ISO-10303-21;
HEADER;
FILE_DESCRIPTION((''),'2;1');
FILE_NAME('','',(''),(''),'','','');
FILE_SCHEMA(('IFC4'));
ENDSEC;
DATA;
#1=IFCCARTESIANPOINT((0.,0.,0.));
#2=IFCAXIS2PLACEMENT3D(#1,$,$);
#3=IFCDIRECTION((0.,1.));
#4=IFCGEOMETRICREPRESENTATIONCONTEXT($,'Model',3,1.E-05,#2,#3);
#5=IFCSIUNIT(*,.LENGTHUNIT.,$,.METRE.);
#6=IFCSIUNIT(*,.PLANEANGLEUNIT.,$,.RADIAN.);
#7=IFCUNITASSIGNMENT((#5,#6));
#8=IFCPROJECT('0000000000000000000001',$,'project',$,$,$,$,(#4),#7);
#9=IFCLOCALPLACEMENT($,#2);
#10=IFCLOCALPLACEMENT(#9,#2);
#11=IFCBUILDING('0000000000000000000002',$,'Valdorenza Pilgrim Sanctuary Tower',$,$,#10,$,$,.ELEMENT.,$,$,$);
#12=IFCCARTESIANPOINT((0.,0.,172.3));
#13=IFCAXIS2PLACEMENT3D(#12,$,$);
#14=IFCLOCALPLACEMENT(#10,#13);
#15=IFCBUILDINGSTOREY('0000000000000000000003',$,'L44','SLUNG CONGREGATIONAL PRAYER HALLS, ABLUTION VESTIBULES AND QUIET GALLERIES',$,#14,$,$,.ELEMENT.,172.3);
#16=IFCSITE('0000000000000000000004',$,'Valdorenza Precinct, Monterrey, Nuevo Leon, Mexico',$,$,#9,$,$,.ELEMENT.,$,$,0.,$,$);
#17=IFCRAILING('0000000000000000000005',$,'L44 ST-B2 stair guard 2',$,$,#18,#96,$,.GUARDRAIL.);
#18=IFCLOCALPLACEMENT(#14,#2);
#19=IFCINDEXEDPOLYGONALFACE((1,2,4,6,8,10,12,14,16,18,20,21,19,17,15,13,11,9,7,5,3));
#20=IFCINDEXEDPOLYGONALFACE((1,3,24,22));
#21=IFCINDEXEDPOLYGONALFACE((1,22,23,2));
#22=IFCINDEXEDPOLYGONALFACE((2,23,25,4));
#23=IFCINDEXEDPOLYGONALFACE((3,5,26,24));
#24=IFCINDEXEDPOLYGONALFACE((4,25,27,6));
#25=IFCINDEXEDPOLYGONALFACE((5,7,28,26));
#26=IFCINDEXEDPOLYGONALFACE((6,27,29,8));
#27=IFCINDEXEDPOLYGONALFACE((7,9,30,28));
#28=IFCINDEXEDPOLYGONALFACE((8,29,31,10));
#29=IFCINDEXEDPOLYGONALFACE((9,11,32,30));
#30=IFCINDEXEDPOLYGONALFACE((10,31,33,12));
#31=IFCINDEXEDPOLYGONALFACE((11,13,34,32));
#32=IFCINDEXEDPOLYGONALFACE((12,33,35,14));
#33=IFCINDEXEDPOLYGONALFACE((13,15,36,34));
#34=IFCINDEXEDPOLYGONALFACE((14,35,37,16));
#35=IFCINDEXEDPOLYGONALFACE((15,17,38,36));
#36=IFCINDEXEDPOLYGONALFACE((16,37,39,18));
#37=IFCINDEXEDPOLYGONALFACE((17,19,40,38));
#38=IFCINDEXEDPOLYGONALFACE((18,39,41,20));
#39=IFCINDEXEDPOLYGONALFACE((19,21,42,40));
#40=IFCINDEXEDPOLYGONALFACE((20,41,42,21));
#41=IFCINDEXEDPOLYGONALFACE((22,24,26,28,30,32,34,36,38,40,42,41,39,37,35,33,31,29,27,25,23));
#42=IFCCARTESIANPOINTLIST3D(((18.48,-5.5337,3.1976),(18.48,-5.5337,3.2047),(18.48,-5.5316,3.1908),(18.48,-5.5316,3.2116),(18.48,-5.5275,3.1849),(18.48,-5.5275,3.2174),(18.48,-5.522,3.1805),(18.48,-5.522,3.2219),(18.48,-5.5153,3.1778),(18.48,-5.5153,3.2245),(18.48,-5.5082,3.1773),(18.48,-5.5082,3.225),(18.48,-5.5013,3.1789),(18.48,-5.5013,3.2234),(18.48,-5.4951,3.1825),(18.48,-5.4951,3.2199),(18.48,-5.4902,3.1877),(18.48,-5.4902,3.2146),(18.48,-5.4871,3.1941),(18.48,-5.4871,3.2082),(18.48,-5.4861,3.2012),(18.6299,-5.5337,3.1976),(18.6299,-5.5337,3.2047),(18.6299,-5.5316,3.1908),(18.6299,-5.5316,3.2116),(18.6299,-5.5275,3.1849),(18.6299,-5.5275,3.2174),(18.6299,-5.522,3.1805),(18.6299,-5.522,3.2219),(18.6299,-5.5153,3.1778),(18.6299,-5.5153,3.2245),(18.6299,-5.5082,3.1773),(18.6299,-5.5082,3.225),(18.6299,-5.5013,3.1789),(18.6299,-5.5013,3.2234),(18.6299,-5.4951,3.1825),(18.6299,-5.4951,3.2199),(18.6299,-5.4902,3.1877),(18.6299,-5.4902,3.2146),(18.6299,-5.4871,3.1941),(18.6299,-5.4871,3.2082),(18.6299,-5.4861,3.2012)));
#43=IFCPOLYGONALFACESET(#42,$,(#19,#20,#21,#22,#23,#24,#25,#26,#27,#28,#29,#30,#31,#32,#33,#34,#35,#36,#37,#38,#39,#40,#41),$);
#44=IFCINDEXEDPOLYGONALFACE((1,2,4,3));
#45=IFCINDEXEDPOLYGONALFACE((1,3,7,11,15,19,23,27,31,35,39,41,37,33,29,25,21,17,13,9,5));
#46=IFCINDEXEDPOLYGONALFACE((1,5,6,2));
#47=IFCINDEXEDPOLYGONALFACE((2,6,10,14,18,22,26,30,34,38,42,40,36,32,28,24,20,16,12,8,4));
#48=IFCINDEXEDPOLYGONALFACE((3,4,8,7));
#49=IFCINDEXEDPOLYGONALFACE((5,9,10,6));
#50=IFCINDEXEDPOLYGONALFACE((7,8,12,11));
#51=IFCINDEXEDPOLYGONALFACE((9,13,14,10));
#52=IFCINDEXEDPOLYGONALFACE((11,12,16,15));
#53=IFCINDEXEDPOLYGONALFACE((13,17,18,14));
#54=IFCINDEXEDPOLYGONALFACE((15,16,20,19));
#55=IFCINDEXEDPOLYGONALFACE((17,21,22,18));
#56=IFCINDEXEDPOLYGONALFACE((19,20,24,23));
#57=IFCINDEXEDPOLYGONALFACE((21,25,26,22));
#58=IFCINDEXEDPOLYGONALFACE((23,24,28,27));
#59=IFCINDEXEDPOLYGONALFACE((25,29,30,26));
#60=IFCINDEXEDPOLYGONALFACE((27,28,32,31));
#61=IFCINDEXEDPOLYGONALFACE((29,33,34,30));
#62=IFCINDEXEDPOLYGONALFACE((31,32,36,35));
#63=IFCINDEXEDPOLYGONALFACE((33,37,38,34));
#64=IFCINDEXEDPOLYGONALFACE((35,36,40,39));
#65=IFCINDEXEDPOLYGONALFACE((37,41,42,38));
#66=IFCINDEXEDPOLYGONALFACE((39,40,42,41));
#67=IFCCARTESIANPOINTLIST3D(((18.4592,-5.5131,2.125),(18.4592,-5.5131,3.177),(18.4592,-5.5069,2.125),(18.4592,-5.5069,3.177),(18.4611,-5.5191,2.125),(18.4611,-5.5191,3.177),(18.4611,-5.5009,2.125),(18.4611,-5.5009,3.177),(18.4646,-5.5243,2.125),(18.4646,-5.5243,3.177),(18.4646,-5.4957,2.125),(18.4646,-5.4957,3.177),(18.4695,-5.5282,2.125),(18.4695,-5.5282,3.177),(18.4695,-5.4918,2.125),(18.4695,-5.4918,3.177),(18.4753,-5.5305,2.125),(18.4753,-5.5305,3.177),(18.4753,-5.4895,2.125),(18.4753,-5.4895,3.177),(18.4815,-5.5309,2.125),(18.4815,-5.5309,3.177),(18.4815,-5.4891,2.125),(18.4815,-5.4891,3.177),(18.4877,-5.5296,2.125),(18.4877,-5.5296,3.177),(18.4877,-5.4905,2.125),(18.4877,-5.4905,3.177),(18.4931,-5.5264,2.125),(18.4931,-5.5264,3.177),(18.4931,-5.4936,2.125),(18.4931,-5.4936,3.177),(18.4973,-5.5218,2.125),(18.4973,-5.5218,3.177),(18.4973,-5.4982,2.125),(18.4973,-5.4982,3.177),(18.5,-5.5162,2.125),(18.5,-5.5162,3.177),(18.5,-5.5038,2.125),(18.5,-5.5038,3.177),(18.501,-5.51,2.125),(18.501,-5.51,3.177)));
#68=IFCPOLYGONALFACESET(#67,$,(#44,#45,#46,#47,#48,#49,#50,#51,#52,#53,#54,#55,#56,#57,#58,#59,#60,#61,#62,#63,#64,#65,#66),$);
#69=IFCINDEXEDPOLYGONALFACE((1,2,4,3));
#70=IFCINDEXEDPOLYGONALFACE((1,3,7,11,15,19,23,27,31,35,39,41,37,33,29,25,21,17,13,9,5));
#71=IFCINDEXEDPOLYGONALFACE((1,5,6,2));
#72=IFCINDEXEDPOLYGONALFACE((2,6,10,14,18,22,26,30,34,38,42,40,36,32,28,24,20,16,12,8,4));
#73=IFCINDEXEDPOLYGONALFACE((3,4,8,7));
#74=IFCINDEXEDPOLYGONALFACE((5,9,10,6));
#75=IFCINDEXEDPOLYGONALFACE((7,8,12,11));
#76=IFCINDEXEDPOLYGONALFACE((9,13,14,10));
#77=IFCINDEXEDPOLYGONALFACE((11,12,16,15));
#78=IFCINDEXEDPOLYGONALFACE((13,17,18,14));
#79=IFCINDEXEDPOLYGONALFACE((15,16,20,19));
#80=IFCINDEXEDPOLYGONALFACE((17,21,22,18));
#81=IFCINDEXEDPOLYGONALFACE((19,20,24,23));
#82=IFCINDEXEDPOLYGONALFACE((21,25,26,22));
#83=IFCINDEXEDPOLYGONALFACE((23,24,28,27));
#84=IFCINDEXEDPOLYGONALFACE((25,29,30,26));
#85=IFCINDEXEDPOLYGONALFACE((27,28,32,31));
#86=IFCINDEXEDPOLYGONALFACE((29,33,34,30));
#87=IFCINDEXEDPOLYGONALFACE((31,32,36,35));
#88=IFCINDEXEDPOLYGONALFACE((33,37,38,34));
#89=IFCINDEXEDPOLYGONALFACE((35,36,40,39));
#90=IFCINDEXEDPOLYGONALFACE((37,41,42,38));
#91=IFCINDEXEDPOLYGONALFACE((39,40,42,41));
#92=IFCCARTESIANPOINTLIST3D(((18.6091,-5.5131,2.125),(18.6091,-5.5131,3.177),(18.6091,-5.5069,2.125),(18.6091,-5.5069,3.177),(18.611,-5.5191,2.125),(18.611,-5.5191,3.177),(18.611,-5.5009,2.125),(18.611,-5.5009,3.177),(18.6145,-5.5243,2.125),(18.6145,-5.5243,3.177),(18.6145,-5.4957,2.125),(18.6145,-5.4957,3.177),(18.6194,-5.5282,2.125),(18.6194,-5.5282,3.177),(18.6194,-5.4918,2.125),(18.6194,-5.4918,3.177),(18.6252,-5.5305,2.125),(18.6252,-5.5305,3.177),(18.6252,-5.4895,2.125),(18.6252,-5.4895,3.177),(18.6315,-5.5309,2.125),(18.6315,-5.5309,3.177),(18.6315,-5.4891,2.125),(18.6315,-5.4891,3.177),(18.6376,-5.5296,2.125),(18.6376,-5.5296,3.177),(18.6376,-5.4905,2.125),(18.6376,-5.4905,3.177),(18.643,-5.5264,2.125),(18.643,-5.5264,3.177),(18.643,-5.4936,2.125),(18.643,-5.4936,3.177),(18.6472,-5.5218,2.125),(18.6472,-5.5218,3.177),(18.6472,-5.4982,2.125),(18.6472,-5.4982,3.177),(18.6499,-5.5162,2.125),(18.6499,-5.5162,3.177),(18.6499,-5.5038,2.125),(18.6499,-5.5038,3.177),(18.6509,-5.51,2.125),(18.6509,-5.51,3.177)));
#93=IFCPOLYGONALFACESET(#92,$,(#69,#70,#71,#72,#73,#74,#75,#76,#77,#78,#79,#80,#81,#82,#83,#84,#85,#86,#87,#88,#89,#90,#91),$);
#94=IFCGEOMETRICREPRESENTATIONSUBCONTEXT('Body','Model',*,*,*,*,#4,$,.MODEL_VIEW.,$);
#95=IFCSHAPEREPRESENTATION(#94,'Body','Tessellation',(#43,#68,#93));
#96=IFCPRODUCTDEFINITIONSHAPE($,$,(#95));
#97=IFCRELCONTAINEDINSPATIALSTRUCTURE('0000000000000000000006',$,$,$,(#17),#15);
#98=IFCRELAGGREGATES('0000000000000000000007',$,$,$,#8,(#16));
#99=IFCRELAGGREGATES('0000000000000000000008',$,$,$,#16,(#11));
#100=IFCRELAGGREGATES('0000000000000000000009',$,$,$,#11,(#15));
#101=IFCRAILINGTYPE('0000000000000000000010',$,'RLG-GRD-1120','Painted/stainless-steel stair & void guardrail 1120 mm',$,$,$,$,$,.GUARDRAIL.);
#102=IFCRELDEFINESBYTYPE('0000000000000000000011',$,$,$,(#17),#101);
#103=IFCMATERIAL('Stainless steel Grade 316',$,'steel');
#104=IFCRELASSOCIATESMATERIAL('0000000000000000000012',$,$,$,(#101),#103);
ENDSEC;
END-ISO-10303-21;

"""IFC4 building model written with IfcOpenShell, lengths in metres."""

from ifc_helpers import new_model, si_unit, direction, frame, origin, origin_2d, place, context, subcontext, project, spatial, circle, extrude, material, type_object, element, save


model = new_model("IFC4")

# Units and contexts
model_context = context("Model", 3, precision=1e-05, world=origin(), true_north=direction((0.0, 1.0)))
body_context = subcontext(model_context, "Body", "Model", "MODEL_VIEW")
ifc_project = project(units=[si_unit("LENGTHUNIT", "METRE"), si_unit("PLANEANGLEUNIT", "RADIAN")], contexts=[model_context])

# Site, building, storey
site_placement = place(None, origin())
site = spatial("IfcSite", under=ifc_project, at=site_placement, Name="Valdorenza Precinct, Monterrey, Nuevo Leon, Mexico", CompositionType="ELEMENT", RefElevation=0.0)
building_placement = place(site_placement, origin())
building = spatial("IfcBuilding", under=site, at=building_placement, Name="Valdorenza Pilgrim Sanctuary Tower", CompositionType="ELEMENT")
storey_placement = place(building_placement, frame((0.0, 0.0, 172.3)))
storey = spatial("IfcBuildingStorey", under=building, at=storey_placement, Name="L44", Description="SLUNG CONGREGATIONAL PRAYER HALLS, ABLUTION VESTIBULES AND QUIET GALLERIES", CompositionType="ELEMENT", Elevation=172.3)

# Railing
ifc_material_1 = material(Name="Stainless steel Grade 316", Category="steel")
railing_type_1 = type_object("IfcRailingType", Name="RLG-GRD-1120", Description="Painted/stainless-steel stair & void guardrail 1120 mm", PredefinedType="GUARDRAIL", material=ifc_material_1)
railing_1_placement = place(storey_placement, frame((18.48, -5.51, 2.125)))
element("IfcRailing", 1, at=railing_1_placement, inside=storey, type_object=railing_type_1, Name="L44 ST-B2 stair guard 2", PredefinedType="GUARDRAIL", context=body_context, shape_type="SweptSolid", body=[
    extrude(circle(Radius=0.0239, at=origin_2d()), frame((0.0, 0.0, 1.0762), z_axis=(1.0, 0.0, 0.0), x_axis=(0.0, 1.0, 0.0)), (0.0, 0.0, 1.0), 0.1499),
    extrude(circle(Radius=0.021, at=origin_2d()), origin(), (0.0, 0.0, 1.0), 1.052),
    extrude(circle(Radius=0.021, at=origin_2d()), frame((0.1499, 0.0, 0.0)), (0.0, 0.0, 1.0), 1.052),
])

save(model, "model.ifc")
